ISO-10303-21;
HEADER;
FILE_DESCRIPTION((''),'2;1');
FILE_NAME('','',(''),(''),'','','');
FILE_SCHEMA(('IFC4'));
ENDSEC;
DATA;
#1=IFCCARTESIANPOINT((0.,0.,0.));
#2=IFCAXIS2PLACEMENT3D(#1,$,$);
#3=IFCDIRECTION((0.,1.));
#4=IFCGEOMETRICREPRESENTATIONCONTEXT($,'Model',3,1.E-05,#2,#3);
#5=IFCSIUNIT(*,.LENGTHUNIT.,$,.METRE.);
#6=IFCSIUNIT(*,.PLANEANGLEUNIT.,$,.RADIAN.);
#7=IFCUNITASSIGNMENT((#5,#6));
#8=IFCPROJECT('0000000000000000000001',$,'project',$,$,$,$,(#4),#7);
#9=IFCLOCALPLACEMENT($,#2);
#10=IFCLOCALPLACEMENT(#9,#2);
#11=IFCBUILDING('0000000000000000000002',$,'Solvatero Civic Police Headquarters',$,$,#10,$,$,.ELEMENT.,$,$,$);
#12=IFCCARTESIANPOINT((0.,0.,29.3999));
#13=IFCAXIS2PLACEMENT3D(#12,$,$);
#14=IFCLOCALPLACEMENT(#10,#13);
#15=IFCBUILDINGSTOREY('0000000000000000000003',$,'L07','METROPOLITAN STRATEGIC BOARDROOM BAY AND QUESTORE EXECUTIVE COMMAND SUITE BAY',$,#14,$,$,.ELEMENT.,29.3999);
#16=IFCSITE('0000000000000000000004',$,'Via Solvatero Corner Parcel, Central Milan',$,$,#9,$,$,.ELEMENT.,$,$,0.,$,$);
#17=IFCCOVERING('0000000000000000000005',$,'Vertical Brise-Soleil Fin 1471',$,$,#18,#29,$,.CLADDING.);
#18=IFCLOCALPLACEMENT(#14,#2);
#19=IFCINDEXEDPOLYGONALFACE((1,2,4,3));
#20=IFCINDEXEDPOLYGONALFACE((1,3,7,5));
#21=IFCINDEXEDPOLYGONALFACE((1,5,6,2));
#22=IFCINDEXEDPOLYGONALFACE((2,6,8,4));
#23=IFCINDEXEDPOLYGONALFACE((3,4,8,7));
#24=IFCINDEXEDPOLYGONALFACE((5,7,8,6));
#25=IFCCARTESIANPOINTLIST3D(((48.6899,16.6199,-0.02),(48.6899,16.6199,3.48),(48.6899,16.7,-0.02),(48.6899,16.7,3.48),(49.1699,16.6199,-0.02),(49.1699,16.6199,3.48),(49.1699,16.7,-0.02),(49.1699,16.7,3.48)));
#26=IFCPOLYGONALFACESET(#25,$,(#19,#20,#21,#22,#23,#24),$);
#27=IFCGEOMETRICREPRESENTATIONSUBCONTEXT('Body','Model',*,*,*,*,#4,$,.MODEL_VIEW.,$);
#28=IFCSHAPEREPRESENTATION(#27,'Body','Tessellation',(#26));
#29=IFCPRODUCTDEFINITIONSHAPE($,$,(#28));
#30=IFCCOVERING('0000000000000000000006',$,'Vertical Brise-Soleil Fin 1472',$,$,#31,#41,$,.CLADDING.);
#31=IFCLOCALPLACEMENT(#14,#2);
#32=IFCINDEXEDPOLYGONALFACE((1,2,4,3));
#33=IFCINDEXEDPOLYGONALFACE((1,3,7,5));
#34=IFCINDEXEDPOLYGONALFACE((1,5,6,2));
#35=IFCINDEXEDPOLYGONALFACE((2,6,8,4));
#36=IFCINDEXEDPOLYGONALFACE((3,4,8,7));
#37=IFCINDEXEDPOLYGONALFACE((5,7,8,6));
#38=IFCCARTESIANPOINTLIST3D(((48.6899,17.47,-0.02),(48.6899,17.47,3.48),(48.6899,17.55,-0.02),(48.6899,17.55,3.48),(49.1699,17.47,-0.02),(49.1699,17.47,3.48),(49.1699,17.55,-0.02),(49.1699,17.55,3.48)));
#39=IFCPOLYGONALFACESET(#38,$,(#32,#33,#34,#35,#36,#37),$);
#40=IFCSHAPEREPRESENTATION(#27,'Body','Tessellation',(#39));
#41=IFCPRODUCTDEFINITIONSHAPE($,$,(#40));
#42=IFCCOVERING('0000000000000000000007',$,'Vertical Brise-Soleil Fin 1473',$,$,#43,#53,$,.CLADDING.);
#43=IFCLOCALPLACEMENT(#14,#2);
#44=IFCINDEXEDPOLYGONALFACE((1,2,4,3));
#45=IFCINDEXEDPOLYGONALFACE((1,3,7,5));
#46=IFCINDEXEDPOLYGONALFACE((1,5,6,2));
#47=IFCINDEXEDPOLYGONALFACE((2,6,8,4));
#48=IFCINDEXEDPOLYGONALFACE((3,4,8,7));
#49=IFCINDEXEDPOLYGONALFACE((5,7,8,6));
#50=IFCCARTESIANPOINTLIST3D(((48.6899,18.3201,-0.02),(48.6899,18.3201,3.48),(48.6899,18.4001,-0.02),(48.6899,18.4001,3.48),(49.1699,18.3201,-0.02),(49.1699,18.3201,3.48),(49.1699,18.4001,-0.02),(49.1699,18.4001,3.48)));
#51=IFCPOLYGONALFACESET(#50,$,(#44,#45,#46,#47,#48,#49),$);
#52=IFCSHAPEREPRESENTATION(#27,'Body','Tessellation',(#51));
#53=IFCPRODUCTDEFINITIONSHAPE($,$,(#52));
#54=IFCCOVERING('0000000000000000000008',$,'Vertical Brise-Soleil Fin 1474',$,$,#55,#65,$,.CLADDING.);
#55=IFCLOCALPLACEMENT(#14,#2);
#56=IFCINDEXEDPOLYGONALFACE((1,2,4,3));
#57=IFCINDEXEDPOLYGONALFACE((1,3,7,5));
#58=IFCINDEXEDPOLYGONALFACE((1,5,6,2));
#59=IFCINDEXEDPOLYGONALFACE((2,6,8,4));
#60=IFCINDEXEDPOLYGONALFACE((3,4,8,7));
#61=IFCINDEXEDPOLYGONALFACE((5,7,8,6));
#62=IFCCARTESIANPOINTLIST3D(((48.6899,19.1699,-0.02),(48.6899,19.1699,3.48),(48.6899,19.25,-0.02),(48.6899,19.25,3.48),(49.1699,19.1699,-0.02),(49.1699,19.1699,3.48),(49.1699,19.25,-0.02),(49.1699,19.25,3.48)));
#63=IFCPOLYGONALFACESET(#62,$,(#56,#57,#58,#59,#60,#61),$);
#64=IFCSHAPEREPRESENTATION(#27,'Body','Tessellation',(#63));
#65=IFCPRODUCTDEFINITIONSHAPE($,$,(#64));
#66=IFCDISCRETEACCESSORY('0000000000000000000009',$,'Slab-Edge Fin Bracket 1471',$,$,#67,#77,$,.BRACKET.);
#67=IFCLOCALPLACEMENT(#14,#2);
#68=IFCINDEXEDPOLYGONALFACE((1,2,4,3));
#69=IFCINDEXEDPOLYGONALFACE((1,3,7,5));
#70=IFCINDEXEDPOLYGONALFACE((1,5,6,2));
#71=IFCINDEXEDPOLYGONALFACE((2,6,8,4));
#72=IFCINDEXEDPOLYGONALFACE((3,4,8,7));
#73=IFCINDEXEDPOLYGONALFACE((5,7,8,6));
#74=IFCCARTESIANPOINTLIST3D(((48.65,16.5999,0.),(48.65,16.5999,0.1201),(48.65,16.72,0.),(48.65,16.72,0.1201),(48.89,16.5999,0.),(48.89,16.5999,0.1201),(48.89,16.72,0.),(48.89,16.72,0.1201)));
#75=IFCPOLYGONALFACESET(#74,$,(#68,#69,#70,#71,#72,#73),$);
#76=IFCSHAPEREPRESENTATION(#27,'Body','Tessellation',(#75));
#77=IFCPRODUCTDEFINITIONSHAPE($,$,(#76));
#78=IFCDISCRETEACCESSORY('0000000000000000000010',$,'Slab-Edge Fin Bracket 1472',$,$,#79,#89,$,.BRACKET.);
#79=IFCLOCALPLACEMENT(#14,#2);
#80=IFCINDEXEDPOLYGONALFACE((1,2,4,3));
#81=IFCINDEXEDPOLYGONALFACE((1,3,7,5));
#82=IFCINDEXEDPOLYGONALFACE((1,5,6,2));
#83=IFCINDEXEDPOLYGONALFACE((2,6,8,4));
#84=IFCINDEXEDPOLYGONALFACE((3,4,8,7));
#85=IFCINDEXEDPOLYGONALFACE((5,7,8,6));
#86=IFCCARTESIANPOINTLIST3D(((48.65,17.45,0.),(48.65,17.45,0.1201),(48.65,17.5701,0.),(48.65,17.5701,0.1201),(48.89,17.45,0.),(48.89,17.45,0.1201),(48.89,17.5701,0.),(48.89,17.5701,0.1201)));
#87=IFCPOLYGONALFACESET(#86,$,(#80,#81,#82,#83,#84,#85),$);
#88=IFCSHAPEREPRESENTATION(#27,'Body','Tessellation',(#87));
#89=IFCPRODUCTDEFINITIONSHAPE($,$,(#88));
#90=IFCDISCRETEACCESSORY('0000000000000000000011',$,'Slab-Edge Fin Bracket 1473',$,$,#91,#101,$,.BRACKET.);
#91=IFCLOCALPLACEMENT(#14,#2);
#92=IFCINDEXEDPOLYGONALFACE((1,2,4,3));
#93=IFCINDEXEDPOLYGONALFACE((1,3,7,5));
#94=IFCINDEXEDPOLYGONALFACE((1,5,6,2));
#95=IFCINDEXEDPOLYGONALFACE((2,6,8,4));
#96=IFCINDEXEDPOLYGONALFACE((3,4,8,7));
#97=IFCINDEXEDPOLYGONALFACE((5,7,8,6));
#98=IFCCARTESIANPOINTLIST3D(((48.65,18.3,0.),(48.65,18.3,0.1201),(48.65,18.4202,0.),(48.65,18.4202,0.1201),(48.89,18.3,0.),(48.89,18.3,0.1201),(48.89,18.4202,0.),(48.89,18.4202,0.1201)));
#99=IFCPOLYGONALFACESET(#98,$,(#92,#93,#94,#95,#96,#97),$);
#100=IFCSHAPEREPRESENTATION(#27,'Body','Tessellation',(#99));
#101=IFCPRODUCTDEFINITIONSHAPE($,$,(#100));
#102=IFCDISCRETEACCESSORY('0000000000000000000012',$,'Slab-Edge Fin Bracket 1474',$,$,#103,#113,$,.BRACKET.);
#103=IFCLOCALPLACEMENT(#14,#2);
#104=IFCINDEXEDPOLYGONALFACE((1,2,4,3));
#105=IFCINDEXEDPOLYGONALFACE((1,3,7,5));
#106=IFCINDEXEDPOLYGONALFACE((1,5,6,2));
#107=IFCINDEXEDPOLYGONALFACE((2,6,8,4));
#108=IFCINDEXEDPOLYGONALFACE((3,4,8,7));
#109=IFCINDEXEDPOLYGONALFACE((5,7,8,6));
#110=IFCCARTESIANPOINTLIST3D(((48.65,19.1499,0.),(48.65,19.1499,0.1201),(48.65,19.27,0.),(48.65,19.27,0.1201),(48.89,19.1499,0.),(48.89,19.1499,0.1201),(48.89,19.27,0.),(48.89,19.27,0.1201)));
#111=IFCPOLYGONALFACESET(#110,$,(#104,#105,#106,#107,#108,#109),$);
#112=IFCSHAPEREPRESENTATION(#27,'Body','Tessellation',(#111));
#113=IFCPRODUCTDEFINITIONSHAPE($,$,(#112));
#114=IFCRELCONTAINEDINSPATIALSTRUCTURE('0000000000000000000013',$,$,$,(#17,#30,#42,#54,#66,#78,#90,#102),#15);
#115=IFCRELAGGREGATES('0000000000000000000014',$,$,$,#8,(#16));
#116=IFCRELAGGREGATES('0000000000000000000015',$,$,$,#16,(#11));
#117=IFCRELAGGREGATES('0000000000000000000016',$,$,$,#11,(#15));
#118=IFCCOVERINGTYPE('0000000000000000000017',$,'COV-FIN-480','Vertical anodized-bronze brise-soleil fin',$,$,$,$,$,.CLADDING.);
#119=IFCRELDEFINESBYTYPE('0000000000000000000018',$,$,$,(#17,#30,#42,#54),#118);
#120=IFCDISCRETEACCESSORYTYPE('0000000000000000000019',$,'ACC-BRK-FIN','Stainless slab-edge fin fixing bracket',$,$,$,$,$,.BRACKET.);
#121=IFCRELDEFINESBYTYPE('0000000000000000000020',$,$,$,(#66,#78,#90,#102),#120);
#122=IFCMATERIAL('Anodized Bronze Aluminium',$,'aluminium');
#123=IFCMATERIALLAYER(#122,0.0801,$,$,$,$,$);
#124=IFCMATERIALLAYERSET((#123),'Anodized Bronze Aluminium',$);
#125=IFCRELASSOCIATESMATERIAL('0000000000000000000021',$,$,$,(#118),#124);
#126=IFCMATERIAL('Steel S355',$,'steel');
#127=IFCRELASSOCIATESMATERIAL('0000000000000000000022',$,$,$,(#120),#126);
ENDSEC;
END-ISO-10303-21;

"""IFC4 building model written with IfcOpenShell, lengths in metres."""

from ifc_helpers import new_model, si_unit, direction, frame, origin, origin_2d, place, context, subcontext, project, spatial, rectangle, extrude, material, layer, layer_set, type_object, element, save


model = new_model("IFC4")

# Units and contexts
model_context = context("Model", 3, precision=1e-05, world=origin(), true_north=direction((0.0, 1.0)))
body_context = subcontext(model_context, "Body", "Model", "MODEL_VIEW")
ifc_project = project(units=[si_unit("LENGTHUNIT", "METRE"), si_unit("PLANEANGLEUNIT", "RADIAN")], contexts=[model_context])

# Site, building, storey
site_placement = place(None, origin())
site = spatial("IfcSite", under=ifc_project, at=site_placement, Name="Via Solvatero Corner Parcel, Central Milan", CompositionType="ELEMENT", RefElevation=0.0)
building_placement = place(site_placement, origin())
building = spatial("IfcBuilding", under=site, at=building_placement, Name="Solvatero Civic Police Headquarters", CompositionType="ELEMENT")
storey_placement = place(building_placement, frame((0.0, 0.0, 29.3999)))
storey = spatial("IfcBuildingStorey", under=building, at=storey_placement, Name="L07", Description="METROPOLITAN STRATEGIC BOARDROOM BAY AND QUESTORE EXECUTIVE COMMAND SUITE BAY", CompositionType="ELEMENT", Elevation=29.3999)

# Shared definitions
ifc_material_1 = material(Name="Anodized Bronze Aluminium", Category="aluminium")

# Coverings
ifc_layer_1 = layer(ifc_material_1, 0.0801)
ifc_layer_set_1 = layer_set([ifc_layer_1], Name="Anodized Bronze Aluminium")
covering_type = type_object("IfcCoveringType", Name="COV-FIN-480", Description="Vertical anodized-bronze brise-soleil fin", PredefinedType="CLADDING", material=ifc_layer_set_1)
for number, where, z_axis, x_axis, name in (
    (1, (48.9299, 16.6599, -0.02), (0.0, 0.0, 1.0), (0.0, 1.0, 0.0), "Vertical Brise-Soleil Fin 1471"),
    (2, (48.9299, 17.51, -0.02), (0.0, 0.0, 1.0), (0.0, 1.0, 0.0), "Vertical Brise-Soleil Fin 1472"),
    (3, (48.9299, 18.3601, -0.02), (0.0, 0.0, 1.0), (0.0, 1.0, 0.0), "Vertical Brise-Soleil Fin 1473"),
    (4, (48.9299, 19.21, -0.02), (0.0, 0.0, 1.0), (0.0, 1.0, 0.0), "Vertical Brise-Soleil Fin 1474"),
):
    element("IfcCovering", number, at=place(storey_placement, frame(where, z_axis=z_axis, x_axis=x_axis)), inside=storey, type_object=covering_type, Name=name, PredefinedType="CLADDING", context=body_context, shape_type="SweptSolid", body=[
        extrude(rectangle(XDim=0.0801, YDim=0.48, at=origin_2d()), origin(), (0.0, 0.0, 1.0), 3.5),
    ])

# Discrete accessories
ifc_material_2 = material(Name="Steel S355", Category="steel")
discrete_accessory_type = type_object("IfcDiscreteAccessoryType", Name="ACC-BRK-FIN", Description="Stainless slab-edge fin fixing bracket", PredefinedType="BRACKET", material=ifc_material_2)
for number, where, z_axis, x_axis, name in (
    (5, (48.77, 16.6599, 0.0), (0.0, 0.0, 1.0), (0.0, 1.0, 0.0), "Slab-Edge Fin Bracket 1471"),
    (6, (48.77, 17.51, 0.0), (0.0, 0.0, 1.0), (0.0, 1.0, 0.0), "Slab-Edge Fin Bracket 1472"),
    (7, (48.77, 18.3601, 0.0), (0.0, 0.0, 1.0), (0.0, 1.0, 0.0), "Slab-Edge Fin Bracket 1473"),
    (8, (48.77, 19.21, 0.0), (0.0, 0.0, 1.0), (0.0, 1.0, 0.0), "Slab-Edge Fin Bracket 1474"),
):
    element("IfcDiscreteAccessory", number, at=place(storey_placement, frame(where, z_axis=z_axis, x_axis=x_axis)), inside=storey, type_object=discrete_accessory_type, Name=name, PredefinedType="BRACKET", context=body_context, shape_type="SweptSolid", body=[
        extrude(rectangle(XDim=0.1201, YDim=0.24, at=origin_2d()), origin(), (0.0, 0.0, 1.0), 0.1201),
    ])

save(model, "model.ifc")
